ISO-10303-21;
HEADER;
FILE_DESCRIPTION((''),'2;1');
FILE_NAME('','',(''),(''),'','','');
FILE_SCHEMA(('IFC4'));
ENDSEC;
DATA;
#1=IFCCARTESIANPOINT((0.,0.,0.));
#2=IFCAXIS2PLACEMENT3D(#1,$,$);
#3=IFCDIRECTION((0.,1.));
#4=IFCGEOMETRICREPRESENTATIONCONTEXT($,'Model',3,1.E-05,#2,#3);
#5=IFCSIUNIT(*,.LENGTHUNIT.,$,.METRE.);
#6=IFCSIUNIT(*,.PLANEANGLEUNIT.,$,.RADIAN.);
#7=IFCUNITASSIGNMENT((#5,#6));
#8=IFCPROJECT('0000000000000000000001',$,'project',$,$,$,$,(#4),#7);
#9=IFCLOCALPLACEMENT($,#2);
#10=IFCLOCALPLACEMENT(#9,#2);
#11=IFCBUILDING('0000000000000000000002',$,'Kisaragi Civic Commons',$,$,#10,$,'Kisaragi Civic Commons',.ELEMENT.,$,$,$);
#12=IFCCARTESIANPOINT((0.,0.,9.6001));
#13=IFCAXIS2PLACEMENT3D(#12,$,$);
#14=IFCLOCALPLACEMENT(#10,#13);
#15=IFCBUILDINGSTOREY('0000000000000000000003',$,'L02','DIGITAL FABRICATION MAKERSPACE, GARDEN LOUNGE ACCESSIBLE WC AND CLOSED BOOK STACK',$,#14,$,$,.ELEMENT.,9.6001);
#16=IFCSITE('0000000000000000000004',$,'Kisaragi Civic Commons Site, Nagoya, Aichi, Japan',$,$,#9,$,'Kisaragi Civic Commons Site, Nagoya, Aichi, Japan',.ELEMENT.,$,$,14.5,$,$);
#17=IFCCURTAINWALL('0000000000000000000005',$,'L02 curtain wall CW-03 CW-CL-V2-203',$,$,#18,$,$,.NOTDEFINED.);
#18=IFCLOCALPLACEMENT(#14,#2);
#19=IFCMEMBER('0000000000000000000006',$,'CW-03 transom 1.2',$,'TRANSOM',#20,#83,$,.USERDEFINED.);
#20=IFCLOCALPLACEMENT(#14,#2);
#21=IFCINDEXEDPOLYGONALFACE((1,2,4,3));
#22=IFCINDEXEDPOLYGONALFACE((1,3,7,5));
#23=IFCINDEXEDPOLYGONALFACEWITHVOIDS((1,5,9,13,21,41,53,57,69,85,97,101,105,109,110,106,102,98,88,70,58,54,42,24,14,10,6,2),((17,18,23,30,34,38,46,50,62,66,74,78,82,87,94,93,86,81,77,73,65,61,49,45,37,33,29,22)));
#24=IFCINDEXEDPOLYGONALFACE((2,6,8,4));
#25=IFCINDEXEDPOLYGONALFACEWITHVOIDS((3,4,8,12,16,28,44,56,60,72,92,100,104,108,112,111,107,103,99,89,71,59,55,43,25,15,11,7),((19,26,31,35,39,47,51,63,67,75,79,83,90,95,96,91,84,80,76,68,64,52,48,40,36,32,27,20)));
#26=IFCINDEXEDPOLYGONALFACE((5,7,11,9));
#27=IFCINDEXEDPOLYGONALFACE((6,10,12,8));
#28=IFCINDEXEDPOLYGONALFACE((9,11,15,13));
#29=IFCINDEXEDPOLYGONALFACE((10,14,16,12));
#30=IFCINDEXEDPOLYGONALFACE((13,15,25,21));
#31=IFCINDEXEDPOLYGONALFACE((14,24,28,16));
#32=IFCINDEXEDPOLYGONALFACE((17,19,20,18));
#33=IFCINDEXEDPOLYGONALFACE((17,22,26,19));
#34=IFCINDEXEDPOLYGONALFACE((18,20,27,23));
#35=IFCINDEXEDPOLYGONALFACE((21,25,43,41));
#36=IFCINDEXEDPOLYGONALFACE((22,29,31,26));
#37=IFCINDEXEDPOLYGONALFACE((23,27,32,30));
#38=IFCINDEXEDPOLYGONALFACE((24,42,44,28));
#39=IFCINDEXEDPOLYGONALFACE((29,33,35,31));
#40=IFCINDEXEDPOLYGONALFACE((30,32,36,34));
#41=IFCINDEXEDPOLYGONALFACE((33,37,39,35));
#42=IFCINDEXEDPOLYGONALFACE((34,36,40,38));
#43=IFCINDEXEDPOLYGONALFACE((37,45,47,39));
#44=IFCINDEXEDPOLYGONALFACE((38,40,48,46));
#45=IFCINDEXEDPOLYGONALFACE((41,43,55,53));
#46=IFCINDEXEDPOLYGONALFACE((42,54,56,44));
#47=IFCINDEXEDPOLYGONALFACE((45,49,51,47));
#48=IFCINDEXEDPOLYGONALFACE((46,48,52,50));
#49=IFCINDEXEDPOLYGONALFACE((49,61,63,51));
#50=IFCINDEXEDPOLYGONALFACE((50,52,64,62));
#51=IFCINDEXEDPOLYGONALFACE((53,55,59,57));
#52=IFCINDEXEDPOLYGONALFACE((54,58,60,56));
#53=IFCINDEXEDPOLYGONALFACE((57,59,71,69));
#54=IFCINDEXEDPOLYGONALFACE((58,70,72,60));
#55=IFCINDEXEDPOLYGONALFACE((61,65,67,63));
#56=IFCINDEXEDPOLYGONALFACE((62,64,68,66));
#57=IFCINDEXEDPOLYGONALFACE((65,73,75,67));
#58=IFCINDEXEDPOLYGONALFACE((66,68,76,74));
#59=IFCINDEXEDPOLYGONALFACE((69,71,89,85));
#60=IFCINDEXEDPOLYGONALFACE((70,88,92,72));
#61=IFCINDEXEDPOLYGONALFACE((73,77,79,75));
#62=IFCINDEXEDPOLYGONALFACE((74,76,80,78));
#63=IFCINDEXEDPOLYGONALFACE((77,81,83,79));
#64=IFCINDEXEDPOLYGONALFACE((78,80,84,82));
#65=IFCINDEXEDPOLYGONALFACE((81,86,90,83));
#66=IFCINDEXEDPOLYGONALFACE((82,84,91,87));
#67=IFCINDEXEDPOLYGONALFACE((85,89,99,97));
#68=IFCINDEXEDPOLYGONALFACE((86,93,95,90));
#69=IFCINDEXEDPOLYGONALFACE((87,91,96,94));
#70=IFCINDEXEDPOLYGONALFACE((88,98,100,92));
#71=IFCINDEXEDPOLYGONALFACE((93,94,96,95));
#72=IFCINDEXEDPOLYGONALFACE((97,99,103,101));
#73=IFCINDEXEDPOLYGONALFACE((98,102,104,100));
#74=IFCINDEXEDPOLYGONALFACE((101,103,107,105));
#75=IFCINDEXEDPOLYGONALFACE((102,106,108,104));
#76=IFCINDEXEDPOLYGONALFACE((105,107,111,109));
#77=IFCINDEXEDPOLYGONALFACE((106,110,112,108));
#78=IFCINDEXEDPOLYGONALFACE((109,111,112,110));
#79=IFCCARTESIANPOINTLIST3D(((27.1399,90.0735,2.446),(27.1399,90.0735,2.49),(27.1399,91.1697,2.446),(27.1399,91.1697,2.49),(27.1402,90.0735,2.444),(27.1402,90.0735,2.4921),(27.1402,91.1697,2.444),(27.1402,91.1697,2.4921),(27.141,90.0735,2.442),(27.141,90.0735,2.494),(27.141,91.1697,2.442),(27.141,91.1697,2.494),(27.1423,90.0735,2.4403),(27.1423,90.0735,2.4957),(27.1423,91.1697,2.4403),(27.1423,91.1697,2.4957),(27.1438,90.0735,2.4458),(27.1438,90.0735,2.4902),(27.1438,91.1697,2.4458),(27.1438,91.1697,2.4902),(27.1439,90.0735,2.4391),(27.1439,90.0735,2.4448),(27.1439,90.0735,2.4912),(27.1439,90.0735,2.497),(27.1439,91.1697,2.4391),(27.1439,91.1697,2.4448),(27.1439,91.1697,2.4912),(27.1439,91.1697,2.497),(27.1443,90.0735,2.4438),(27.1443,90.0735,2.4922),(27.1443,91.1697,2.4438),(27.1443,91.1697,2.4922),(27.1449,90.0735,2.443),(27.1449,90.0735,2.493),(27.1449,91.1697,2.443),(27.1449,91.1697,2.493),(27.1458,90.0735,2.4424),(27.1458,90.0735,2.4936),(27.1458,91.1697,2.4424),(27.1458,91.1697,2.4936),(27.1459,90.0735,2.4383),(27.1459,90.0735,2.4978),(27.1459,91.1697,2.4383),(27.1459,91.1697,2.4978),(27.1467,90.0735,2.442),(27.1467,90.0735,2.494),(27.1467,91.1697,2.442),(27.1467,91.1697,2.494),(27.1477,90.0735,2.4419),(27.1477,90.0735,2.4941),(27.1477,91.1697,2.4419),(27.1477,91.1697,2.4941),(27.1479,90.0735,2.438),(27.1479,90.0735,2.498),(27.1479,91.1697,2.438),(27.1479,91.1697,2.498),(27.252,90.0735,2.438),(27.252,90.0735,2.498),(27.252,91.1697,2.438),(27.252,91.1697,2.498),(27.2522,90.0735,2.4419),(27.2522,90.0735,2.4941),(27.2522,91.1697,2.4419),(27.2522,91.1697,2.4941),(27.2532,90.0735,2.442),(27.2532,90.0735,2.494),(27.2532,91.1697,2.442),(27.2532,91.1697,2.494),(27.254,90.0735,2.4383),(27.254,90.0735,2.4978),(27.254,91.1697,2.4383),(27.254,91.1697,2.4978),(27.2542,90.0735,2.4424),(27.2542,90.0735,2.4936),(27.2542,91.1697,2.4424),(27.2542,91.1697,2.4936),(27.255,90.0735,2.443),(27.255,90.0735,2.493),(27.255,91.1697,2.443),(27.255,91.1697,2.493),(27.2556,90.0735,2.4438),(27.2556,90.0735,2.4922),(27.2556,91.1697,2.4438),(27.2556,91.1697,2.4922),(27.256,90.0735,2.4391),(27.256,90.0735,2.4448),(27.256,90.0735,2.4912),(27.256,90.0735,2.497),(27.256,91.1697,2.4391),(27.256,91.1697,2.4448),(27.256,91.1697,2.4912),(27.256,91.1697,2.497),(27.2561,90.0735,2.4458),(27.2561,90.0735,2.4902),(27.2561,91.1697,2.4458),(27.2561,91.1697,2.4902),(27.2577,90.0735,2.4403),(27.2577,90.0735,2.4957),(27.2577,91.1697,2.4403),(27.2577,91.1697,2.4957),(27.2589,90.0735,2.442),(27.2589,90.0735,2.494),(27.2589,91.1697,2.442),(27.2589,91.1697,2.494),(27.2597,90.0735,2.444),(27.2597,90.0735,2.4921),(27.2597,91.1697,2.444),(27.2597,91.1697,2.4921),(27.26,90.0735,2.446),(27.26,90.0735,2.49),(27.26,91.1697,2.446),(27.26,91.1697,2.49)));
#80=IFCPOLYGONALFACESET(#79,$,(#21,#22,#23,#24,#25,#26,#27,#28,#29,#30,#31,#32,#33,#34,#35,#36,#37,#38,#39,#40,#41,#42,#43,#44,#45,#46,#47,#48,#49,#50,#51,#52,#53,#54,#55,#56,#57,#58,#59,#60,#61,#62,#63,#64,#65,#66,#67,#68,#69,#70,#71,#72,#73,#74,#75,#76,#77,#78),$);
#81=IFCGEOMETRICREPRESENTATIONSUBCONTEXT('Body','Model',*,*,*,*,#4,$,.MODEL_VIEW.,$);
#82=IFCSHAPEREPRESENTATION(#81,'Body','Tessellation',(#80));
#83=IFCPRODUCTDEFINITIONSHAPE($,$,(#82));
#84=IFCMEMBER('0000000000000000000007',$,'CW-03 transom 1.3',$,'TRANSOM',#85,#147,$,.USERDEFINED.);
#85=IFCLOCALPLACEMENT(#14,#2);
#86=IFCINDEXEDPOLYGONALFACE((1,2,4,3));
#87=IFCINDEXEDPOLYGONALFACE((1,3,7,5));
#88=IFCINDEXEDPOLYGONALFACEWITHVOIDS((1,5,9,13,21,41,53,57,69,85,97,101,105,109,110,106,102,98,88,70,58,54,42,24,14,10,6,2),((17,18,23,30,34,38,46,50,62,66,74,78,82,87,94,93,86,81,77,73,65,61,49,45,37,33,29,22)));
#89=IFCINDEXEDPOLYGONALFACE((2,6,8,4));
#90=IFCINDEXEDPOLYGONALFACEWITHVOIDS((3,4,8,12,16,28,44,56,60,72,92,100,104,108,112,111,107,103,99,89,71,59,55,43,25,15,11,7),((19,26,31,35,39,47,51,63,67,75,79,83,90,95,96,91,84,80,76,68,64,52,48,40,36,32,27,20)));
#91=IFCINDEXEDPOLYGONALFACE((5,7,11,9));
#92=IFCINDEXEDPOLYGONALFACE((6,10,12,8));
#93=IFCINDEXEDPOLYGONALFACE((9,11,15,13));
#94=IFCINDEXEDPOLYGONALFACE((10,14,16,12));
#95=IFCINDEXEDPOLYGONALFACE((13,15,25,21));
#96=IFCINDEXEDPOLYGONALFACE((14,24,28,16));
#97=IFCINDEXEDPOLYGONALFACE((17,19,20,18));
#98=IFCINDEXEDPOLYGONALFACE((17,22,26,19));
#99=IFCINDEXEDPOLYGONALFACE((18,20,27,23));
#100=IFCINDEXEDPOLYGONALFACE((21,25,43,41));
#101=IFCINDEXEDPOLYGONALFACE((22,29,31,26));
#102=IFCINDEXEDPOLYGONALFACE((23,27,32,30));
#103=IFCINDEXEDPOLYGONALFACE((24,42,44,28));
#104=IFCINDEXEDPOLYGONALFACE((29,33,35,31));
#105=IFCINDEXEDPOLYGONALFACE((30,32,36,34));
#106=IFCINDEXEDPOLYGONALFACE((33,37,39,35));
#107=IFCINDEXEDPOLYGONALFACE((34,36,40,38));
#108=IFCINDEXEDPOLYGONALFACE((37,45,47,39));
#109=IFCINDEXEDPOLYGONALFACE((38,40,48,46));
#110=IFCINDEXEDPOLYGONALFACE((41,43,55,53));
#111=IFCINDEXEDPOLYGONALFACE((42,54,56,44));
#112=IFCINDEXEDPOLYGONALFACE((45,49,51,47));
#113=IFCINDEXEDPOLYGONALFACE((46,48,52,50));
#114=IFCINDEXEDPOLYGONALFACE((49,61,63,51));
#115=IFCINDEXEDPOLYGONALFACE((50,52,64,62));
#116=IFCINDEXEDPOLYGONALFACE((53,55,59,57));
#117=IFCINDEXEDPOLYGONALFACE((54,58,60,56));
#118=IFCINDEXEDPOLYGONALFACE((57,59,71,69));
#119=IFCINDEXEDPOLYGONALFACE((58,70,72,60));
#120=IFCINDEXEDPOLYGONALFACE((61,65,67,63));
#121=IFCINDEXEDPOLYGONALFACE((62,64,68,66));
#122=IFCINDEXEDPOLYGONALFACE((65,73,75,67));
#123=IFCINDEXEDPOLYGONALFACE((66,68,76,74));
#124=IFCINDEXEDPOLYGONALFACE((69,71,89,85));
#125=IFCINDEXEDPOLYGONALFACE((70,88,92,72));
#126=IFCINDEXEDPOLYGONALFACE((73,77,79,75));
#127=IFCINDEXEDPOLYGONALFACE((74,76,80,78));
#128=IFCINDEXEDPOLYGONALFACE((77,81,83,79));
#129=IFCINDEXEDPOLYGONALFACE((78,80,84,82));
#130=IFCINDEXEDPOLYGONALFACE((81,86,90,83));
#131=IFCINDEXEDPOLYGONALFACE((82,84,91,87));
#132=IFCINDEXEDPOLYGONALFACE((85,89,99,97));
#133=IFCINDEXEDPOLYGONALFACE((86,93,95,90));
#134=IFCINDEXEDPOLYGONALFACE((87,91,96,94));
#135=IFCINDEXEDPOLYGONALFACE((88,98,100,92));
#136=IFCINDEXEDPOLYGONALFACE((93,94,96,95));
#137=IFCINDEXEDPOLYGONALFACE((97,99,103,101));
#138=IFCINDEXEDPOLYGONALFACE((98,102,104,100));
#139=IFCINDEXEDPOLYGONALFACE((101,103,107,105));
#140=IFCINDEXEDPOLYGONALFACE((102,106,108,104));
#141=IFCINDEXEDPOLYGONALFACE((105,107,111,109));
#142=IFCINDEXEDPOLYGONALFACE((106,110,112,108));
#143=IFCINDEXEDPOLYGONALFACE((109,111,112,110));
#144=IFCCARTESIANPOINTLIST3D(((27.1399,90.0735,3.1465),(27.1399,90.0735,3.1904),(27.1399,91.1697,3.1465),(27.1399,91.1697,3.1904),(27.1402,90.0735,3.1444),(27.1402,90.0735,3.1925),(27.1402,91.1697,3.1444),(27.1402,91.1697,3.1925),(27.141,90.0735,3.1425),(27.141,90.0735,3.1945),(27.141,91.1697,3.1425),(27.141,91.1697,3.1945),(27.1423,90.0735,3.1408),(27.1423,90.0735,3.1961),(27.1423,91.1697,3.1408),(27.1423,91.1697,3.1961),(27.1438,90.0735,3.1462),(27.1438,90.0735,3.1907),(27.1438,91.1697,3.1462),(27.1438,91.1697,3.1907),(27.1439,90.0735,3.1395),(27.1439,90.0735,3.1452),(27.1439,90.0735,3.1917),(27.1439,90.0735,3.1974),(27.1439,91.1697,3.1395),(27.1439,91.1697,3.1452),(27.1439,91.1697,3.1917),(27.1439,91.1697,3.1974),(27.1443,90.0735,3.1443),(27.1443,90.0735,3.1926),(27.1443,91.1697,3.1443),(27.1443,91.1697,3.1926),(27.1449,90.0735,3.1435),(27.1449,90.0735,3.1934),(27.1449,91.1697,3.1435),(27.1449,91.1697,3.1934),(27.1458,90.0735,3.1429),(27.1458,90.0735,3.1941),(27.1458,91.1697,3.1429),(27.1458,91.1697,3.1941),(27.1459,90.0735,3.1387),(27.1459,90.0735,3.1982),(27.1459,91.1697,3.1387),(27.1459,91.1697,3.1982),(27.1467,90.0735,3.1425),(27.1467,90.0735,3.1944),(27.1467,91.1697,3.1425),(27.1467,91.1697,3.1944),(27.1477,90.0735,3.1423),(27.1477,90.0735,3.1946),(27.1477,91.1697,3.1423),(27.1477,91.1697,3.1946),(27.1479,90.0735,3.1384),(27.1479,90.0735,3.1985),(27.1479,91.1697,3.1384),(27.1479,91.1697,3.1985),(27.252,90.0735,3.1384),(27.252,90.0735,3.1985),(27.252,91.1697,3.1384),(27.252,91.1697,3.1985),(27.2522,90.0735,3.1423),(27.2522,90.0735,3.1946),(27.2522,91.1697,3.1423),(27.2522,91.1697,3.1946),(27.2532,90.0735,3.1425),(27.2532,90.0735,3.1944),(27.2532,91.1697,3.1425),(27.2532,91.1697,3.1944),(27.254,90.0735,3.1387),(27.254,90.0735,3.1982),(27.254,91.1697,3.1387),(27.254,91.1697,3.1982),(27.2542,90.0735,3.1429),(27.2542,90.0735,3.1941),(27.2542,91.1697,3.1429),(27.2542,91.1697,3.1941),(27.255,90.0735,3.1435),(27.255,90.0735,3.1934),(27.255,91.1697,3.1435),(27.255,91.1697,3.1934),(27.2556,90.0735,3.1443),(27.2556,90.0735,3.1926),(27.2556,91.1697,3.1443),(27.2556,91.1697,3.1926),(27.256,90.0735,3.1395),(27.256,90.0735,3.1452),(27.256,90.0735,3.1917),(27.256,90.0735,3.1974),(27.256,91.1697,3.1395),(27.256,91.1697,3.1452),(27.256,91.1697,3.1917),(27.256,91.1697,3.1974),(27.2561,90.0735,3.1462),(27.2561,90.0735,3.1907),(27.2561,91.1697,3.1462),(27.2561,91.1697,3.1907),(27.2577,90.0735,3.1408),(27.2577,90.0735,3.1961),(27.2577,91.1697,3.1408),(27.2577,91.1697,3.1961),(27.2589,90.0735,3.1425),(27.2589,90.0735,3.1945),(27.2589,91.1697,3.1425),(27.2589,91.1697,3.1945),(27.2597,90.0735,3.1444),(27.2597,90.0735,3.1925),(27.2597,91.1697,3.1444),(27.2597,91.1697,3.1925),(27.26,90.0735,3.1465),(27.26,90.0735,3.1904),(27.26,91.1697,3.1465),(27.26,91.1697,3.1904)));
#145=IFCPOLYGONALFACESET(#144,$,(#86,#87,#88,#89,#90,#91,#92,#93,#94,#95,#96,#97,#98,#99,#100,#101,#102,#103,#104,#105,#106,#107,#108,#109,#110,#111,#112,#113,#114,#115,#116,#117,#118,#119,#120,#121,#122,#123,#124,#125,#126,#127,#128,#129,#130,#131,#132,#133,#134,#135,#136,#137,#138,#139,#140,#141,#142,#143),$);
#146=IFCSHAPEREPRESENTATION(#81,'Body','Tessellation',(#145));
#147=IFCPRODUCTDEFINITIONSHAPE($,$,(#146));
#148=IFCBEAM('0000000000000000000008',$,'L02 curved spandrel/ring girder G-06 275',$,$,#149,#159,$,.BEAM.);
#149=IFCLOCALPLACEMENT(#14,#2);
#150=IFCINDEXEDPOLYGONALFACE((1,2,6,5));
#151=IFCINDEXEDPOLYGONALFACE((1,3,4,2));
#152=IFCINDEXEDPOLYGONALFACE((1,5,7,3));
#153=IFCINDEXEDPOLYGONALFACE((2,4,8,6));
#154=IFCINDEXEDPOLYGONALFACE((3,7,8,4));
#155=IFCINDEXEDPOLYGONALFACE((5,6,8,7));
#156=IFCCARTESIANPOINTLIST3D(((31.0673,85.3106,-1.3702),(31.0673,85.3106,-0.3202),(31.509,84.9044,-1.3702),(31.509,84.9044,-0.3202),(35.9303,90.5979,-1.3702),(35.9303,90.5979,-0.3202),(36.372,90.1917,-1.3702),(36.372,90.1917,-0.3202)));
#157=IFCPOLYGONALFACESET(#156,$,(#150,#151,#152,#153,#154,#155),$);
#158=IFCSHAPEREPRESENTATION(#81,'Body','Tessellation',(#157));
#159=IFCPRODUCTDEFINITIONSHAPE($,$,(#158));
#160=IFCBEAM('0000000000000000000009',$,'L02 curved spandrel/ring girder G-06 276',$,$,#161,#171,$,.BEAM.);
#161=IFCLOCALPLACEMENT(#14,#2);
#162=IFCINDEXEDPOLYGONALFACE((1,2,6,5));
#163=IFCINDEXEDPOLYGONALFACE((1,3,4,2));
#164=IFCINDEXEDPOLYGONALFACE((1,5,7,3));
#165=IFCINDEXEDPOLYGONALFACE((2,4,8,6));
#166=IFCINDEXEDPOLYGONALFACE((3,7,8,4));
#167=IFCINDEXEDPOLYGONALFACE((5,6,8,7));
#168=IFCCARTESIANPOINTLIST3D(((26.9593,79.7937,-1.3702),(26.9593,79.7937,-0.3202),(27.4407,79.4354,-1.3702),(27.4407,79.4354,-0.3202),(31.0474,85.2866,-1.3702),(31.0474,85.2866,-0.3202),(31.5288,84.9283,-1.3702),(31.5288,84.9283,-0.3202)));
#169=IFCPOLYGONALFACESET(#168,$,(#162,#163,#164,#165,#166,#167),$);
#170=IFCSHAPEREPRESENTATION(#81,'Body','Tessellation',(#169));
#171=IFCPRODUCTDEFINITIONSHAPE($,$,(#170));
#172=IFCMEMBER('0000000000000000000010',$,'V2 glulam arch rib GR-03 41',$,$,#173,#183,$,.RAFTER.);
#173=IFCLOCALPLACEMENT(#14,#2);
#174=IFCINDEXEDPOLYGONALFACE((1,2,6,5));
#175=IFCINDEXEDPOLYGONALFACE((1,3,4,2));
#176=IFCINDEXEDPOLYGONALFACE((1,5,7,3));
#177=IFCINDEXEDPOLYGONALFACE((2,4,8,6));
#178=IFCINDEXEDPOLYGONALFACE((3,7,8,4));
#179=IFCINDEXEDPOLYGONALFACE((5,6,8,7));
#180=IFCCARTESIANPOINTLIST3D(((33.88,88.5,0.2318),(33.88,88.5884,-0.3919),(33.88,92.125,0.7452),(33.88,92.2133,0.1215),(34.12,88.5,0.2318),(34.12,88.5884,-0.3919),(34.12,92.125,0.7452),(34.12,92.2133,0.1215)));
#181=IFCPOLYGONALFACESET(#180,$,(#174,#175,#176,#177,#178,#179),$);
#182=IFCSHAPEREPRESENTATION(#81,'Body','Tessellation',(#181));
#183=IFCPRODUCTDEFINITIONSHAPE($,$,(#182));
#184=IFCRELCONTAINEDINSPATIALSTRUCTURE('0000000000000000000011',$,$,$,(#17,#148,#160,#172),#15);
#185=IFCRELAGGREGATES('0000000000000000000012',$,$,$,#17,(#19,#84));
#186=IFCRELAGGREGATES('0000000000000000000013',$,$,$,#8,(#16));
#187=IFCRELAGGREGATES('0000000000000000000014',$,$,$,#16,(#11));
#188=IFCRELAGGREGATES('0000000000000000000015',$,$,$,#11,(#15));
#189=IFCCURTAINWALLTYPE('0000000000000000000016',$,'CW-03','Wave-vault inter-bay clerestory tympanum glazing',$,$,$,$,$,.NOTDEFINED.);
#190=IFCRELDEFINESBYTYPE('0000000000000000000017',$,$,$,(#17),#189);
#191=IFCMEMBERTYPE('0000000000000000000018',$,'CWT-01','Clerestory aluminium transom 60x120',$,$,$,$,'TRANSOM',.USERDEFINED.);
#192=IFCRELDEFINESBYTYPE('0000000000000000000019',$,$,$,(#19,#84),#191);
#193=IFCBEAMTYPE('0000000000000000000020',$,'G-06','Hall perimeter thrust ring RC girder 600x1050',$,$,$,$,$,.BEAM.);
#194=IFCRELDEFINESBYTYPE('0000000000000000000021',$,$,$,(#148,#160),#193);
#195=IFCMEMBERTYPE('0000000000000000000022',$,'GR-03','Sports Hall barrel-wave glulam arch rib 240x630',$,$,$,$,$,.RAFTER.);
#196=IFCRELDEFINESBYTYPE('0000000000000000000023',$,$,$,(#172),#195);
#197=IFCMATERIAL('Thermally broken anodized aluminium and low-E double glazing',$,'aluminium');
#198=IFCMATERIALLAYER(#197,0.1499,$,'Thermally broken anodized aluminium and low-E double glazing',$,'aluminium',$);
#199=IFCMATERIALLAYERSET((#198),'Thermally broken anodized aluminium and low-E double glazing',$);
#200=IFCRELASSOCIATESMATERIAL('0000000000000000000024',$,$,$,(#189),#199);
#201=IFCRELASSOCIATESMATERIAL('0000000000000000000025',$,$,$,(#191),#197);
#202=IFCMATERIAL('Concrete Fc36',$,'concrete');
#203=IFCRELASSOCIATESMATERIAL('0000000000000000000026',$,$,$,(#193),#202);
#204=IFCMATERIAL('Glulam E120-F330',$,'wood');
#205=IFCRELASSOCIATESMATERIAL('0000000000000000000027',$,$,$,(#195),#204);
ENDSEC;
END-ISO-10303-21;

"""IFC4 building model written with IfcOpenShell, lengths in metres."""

from ifc_helpers import new_model, si_unit, direction, frame, origin, origin_2d, place, context, subcontext, project, spatial, rectangle, hollow_rectangle, extrude, material, layer, layer_set, material_profile, profile_set, type_object, element, aggregate, save


model = new_model("IFC4")

# Units and contexts
model_context = context("Model", 3, precision=1e-05, world=origin(), true_north=direction((0.0, 1.0)))
body_context = subcontext(model_context, "Body", "Model", "MODEL_VIEW")
ifc_project = project(units=[si_unit("LENGTHUNIT", "METRE"), si_unit("PLANEANGLEUNIT", "RADIAN")], contexts=[model_context])

# Site, building, storey
site_placement = place(None, origin())
site = spatial("IfcSite", under=ifc_project, at=site_placement, Name="Kisaragi Civic Commons Site, Nagoya, Aichi, Japan", LongName="Kisaragi Civic Commons Site, Nagoya, Aichi, Japan", CompositionType="ELEMENT", RefElevation=14.5)
building_placement = place(site_placement, origin())
building = spatial("IfcBuilding", under=site, at=building_placement, Name="Kisaragi Civic Commons", LongName="Kisaragi Civic Commons", CompositionType="ELEMENT")
storey_placement = place(building_placement, frame((0.0, 0.0, 9.6001)))
storey = spatial("IfcBuildingStorey", under=building, at=storey_placement, Name="L02", Description="DIGITAL FABRICATION MAKERSPACE, GARDEN LOUNGE ACCESSIBLE WC AND CLOSED BOOK STACK", CompositionType="ELEMENT", Elevation=9.6001)

# Curtain wall, members
ifc_material_1 = material(Name="Thermally broken anodized aluminium and low-E double glazing", Category="aluminium")
ifc_layer_1 = layer(ifc_material_1, 0.1499, Name="Thermally broken anodized aluminium and low-E double glazing", Category="aluminium")
ifc_layer_set_1 = layer_set([ifc_layer_1], Name="Thermally broken anodized aluminium and low-E double glazing")
curtain_wall_type = type_object("IfcCurtainWallType", Name="CW-03", Description="Wave-vault inter-bay clerestory tympanum glazing", PredefinedType="NOTDEFINED", material=ifc_layer_set_1)
curtain_wall_placement = place(storey_placement, origin())
curtain_wall = element("IfcCurtainWall", 1, at=curtain_wall_placement, inside=storey, type_object=curtain_wall_type, Name="L02 curtain wall CW-03 CW-CL-V2-203", PredefinedType="NOTDEFINED")
ifc_material_profile_1 = material_profile(ifc_material_1, hollow_rectangle(XDim=0.1201, YDim=0.0601, WallThickness=0.0039, InnerFilletRadius=0.0039, OuterFilletRadius=0.0081, at=origin_2d()), Name="CWT-60x120x4", Category="aluminium")
ifc_profile_set_1 = profile_set([ifc_material_profile_1], Name="Thermally broken anodized aluminium and low-E double glazing")
member_type_1 = type_object("IfcMemberType", Name="CWT-01", Description="Clerestory aluminium transom 60x120", ElementType="TRANSOM", PredefinedType="USERDEFINED", material=ifc_profile_set_1)
member_1_placement = place(storey_placement, frame((27.2, 90.0735, 2.468), z_axis=(0.0, 1.0, 0.0), x_axis=(-1.0, 0.0, 0.0)))
member_1 = element("IfcMember", 2, at=member_1_placement, type_object=member_type_1, Name="CW-03 transom 1.2", ObjectType="TRANSOM", PredefinedType="USERDEFINED", context=body_context, shape_type="SweptSolid", body=[
    extrude(hollow_rectangle(XDim=0.1201, YDim=0.0601, WallThickness=0.0039, InnerFilletRadius=0.0039, OuterFilletRadius=0.0081, at=origin_2d()), origin(), (0.0, 0.0, 1.0), 1.0962),
])
member_2_placement = place(storey_placement, frame((27.2, 90.0735, 3.1685), z_axis=(0.0, 1.0, 0.0), x_axis=(-1.0, 0.0, 0.0)))
member_2 = element("IfcMember", 3, at=member_2_placement, type_object=member_type_1, Name="CW-03 transom 1.3", ObjectType="TRANSOM", PredefinedType="USERDEFINED", context=body_context, shape_type="SweptSolid", body=[
    extrude(hollow_rectangle(XDim=0.1201, YDim=0.0601, WallThickness=0.0039, InnerFilletRadius=0.0039, OuterFilletRadius=0.0081, at=origin_2d()), origin(), (0.0, 0.0, 1.0), 1.0962),
])
aggregate(curtain_wall, [member_1, member_2])

# Beams
ifc_material_2 = material(Name="Concrete Fc36", Category="concrete")
ifc_material_profile_2 = material_profile(ifc_material_2, rectangle(XDim=0.6001, YDim=1.05, at=origin_2d()), Name="RC-600x1050", Category="concrete")
ifc_profile_set_2 = profile_set([ifc_material_profile_2], Name="Concrete Fc36")
beam_type = type_object("IfcBeamType", Name="G-06", Description="Hall perimeter thrust ring RC girder 600x1050", PredefinedType="BEAM", material=ifc_profile_set_2)
beam_1_placement = place(storey_placement, frame((36.1511, 90.3948, -0.8452), z_axis=(-0.676956, -0.736023, 0.0), x_axis=(0.736023, -0.676956, 0.0)))
element("IfcBeam", 4, at=beam_1_placement, inside=storey, type_object=beam_type, Name="L02 curved spandrel/ring girder G-06 275", PredefinedType="BEAM", context=body_context, shape_type="SweptSolid", body=[
    extrude(rectangle(XDim=0.6001, YDim=1.05, at=origin_2d()), origin(), (0.0, 0.0, 1.0), 7.1836),
])
beam_2_placement = place(storey_placement, frame((31.2881, 85.1074, -0.8452), z_axis=(-0.597047, -0.802207, 0.0), x_axis=(0.802207, -0.597047, 0.0)))
element("IfcBeam", 5, at=beam_2_placement, inside=storey, type_object=beam_type, Name="L02 curved spandrel/ring girder G-06 276", PredefinedType="BEAM", context=body_context, shape_type="SweptSolid", body=[
    extrude(rectangle(XDim=0.6001, YDim=1.05, at=origin_2d()), origin(), (0.0, 0.0, 1.0), 6.8472),
])

# Member
ifc_material_3 = material(Name="Glulam E120-F330", Category="wood")
ifc_material_profile_3 = material_profile(ifc_material_3, rectangle(XDim=0.24, YDim=0.6299, at=origin_2d()), Name="GL-240x630", Category="wood")
ifc_profile_set_3 = profile_set([ifc_material_profile_3], Name="Glulam E120-F330")
member_type_2 = type_object("IfcMemberType", Name="GR-03", Description="Sports Hall barrel-wave glulam arch rib 240x630", PredefinedType="RAFTER", material=ifc_profile_set_3)
member_3_placement = place(storey_placement, frame((34.0, 88.5442, -0.0801), z_axis=(0.0, 0.990118, 0.140236), x_axis=(-1.0, 0.0, 0.0)))
element("IfcMember", 6, at=member_3_placement, inside=storey, type_object=member_type_2, Name="V2 glulam arch rib GR-03 41", PredefinedType="RAFTER", context=body_context, shape_type="SweptSolid", body=[
    extrude(rectangle(XDim=0.24, YDim=0.6299, at=origin_2d()), origin(), (0.0, 0.0, 1.0), 3.6611),
])

save(model, "model.ifc")
